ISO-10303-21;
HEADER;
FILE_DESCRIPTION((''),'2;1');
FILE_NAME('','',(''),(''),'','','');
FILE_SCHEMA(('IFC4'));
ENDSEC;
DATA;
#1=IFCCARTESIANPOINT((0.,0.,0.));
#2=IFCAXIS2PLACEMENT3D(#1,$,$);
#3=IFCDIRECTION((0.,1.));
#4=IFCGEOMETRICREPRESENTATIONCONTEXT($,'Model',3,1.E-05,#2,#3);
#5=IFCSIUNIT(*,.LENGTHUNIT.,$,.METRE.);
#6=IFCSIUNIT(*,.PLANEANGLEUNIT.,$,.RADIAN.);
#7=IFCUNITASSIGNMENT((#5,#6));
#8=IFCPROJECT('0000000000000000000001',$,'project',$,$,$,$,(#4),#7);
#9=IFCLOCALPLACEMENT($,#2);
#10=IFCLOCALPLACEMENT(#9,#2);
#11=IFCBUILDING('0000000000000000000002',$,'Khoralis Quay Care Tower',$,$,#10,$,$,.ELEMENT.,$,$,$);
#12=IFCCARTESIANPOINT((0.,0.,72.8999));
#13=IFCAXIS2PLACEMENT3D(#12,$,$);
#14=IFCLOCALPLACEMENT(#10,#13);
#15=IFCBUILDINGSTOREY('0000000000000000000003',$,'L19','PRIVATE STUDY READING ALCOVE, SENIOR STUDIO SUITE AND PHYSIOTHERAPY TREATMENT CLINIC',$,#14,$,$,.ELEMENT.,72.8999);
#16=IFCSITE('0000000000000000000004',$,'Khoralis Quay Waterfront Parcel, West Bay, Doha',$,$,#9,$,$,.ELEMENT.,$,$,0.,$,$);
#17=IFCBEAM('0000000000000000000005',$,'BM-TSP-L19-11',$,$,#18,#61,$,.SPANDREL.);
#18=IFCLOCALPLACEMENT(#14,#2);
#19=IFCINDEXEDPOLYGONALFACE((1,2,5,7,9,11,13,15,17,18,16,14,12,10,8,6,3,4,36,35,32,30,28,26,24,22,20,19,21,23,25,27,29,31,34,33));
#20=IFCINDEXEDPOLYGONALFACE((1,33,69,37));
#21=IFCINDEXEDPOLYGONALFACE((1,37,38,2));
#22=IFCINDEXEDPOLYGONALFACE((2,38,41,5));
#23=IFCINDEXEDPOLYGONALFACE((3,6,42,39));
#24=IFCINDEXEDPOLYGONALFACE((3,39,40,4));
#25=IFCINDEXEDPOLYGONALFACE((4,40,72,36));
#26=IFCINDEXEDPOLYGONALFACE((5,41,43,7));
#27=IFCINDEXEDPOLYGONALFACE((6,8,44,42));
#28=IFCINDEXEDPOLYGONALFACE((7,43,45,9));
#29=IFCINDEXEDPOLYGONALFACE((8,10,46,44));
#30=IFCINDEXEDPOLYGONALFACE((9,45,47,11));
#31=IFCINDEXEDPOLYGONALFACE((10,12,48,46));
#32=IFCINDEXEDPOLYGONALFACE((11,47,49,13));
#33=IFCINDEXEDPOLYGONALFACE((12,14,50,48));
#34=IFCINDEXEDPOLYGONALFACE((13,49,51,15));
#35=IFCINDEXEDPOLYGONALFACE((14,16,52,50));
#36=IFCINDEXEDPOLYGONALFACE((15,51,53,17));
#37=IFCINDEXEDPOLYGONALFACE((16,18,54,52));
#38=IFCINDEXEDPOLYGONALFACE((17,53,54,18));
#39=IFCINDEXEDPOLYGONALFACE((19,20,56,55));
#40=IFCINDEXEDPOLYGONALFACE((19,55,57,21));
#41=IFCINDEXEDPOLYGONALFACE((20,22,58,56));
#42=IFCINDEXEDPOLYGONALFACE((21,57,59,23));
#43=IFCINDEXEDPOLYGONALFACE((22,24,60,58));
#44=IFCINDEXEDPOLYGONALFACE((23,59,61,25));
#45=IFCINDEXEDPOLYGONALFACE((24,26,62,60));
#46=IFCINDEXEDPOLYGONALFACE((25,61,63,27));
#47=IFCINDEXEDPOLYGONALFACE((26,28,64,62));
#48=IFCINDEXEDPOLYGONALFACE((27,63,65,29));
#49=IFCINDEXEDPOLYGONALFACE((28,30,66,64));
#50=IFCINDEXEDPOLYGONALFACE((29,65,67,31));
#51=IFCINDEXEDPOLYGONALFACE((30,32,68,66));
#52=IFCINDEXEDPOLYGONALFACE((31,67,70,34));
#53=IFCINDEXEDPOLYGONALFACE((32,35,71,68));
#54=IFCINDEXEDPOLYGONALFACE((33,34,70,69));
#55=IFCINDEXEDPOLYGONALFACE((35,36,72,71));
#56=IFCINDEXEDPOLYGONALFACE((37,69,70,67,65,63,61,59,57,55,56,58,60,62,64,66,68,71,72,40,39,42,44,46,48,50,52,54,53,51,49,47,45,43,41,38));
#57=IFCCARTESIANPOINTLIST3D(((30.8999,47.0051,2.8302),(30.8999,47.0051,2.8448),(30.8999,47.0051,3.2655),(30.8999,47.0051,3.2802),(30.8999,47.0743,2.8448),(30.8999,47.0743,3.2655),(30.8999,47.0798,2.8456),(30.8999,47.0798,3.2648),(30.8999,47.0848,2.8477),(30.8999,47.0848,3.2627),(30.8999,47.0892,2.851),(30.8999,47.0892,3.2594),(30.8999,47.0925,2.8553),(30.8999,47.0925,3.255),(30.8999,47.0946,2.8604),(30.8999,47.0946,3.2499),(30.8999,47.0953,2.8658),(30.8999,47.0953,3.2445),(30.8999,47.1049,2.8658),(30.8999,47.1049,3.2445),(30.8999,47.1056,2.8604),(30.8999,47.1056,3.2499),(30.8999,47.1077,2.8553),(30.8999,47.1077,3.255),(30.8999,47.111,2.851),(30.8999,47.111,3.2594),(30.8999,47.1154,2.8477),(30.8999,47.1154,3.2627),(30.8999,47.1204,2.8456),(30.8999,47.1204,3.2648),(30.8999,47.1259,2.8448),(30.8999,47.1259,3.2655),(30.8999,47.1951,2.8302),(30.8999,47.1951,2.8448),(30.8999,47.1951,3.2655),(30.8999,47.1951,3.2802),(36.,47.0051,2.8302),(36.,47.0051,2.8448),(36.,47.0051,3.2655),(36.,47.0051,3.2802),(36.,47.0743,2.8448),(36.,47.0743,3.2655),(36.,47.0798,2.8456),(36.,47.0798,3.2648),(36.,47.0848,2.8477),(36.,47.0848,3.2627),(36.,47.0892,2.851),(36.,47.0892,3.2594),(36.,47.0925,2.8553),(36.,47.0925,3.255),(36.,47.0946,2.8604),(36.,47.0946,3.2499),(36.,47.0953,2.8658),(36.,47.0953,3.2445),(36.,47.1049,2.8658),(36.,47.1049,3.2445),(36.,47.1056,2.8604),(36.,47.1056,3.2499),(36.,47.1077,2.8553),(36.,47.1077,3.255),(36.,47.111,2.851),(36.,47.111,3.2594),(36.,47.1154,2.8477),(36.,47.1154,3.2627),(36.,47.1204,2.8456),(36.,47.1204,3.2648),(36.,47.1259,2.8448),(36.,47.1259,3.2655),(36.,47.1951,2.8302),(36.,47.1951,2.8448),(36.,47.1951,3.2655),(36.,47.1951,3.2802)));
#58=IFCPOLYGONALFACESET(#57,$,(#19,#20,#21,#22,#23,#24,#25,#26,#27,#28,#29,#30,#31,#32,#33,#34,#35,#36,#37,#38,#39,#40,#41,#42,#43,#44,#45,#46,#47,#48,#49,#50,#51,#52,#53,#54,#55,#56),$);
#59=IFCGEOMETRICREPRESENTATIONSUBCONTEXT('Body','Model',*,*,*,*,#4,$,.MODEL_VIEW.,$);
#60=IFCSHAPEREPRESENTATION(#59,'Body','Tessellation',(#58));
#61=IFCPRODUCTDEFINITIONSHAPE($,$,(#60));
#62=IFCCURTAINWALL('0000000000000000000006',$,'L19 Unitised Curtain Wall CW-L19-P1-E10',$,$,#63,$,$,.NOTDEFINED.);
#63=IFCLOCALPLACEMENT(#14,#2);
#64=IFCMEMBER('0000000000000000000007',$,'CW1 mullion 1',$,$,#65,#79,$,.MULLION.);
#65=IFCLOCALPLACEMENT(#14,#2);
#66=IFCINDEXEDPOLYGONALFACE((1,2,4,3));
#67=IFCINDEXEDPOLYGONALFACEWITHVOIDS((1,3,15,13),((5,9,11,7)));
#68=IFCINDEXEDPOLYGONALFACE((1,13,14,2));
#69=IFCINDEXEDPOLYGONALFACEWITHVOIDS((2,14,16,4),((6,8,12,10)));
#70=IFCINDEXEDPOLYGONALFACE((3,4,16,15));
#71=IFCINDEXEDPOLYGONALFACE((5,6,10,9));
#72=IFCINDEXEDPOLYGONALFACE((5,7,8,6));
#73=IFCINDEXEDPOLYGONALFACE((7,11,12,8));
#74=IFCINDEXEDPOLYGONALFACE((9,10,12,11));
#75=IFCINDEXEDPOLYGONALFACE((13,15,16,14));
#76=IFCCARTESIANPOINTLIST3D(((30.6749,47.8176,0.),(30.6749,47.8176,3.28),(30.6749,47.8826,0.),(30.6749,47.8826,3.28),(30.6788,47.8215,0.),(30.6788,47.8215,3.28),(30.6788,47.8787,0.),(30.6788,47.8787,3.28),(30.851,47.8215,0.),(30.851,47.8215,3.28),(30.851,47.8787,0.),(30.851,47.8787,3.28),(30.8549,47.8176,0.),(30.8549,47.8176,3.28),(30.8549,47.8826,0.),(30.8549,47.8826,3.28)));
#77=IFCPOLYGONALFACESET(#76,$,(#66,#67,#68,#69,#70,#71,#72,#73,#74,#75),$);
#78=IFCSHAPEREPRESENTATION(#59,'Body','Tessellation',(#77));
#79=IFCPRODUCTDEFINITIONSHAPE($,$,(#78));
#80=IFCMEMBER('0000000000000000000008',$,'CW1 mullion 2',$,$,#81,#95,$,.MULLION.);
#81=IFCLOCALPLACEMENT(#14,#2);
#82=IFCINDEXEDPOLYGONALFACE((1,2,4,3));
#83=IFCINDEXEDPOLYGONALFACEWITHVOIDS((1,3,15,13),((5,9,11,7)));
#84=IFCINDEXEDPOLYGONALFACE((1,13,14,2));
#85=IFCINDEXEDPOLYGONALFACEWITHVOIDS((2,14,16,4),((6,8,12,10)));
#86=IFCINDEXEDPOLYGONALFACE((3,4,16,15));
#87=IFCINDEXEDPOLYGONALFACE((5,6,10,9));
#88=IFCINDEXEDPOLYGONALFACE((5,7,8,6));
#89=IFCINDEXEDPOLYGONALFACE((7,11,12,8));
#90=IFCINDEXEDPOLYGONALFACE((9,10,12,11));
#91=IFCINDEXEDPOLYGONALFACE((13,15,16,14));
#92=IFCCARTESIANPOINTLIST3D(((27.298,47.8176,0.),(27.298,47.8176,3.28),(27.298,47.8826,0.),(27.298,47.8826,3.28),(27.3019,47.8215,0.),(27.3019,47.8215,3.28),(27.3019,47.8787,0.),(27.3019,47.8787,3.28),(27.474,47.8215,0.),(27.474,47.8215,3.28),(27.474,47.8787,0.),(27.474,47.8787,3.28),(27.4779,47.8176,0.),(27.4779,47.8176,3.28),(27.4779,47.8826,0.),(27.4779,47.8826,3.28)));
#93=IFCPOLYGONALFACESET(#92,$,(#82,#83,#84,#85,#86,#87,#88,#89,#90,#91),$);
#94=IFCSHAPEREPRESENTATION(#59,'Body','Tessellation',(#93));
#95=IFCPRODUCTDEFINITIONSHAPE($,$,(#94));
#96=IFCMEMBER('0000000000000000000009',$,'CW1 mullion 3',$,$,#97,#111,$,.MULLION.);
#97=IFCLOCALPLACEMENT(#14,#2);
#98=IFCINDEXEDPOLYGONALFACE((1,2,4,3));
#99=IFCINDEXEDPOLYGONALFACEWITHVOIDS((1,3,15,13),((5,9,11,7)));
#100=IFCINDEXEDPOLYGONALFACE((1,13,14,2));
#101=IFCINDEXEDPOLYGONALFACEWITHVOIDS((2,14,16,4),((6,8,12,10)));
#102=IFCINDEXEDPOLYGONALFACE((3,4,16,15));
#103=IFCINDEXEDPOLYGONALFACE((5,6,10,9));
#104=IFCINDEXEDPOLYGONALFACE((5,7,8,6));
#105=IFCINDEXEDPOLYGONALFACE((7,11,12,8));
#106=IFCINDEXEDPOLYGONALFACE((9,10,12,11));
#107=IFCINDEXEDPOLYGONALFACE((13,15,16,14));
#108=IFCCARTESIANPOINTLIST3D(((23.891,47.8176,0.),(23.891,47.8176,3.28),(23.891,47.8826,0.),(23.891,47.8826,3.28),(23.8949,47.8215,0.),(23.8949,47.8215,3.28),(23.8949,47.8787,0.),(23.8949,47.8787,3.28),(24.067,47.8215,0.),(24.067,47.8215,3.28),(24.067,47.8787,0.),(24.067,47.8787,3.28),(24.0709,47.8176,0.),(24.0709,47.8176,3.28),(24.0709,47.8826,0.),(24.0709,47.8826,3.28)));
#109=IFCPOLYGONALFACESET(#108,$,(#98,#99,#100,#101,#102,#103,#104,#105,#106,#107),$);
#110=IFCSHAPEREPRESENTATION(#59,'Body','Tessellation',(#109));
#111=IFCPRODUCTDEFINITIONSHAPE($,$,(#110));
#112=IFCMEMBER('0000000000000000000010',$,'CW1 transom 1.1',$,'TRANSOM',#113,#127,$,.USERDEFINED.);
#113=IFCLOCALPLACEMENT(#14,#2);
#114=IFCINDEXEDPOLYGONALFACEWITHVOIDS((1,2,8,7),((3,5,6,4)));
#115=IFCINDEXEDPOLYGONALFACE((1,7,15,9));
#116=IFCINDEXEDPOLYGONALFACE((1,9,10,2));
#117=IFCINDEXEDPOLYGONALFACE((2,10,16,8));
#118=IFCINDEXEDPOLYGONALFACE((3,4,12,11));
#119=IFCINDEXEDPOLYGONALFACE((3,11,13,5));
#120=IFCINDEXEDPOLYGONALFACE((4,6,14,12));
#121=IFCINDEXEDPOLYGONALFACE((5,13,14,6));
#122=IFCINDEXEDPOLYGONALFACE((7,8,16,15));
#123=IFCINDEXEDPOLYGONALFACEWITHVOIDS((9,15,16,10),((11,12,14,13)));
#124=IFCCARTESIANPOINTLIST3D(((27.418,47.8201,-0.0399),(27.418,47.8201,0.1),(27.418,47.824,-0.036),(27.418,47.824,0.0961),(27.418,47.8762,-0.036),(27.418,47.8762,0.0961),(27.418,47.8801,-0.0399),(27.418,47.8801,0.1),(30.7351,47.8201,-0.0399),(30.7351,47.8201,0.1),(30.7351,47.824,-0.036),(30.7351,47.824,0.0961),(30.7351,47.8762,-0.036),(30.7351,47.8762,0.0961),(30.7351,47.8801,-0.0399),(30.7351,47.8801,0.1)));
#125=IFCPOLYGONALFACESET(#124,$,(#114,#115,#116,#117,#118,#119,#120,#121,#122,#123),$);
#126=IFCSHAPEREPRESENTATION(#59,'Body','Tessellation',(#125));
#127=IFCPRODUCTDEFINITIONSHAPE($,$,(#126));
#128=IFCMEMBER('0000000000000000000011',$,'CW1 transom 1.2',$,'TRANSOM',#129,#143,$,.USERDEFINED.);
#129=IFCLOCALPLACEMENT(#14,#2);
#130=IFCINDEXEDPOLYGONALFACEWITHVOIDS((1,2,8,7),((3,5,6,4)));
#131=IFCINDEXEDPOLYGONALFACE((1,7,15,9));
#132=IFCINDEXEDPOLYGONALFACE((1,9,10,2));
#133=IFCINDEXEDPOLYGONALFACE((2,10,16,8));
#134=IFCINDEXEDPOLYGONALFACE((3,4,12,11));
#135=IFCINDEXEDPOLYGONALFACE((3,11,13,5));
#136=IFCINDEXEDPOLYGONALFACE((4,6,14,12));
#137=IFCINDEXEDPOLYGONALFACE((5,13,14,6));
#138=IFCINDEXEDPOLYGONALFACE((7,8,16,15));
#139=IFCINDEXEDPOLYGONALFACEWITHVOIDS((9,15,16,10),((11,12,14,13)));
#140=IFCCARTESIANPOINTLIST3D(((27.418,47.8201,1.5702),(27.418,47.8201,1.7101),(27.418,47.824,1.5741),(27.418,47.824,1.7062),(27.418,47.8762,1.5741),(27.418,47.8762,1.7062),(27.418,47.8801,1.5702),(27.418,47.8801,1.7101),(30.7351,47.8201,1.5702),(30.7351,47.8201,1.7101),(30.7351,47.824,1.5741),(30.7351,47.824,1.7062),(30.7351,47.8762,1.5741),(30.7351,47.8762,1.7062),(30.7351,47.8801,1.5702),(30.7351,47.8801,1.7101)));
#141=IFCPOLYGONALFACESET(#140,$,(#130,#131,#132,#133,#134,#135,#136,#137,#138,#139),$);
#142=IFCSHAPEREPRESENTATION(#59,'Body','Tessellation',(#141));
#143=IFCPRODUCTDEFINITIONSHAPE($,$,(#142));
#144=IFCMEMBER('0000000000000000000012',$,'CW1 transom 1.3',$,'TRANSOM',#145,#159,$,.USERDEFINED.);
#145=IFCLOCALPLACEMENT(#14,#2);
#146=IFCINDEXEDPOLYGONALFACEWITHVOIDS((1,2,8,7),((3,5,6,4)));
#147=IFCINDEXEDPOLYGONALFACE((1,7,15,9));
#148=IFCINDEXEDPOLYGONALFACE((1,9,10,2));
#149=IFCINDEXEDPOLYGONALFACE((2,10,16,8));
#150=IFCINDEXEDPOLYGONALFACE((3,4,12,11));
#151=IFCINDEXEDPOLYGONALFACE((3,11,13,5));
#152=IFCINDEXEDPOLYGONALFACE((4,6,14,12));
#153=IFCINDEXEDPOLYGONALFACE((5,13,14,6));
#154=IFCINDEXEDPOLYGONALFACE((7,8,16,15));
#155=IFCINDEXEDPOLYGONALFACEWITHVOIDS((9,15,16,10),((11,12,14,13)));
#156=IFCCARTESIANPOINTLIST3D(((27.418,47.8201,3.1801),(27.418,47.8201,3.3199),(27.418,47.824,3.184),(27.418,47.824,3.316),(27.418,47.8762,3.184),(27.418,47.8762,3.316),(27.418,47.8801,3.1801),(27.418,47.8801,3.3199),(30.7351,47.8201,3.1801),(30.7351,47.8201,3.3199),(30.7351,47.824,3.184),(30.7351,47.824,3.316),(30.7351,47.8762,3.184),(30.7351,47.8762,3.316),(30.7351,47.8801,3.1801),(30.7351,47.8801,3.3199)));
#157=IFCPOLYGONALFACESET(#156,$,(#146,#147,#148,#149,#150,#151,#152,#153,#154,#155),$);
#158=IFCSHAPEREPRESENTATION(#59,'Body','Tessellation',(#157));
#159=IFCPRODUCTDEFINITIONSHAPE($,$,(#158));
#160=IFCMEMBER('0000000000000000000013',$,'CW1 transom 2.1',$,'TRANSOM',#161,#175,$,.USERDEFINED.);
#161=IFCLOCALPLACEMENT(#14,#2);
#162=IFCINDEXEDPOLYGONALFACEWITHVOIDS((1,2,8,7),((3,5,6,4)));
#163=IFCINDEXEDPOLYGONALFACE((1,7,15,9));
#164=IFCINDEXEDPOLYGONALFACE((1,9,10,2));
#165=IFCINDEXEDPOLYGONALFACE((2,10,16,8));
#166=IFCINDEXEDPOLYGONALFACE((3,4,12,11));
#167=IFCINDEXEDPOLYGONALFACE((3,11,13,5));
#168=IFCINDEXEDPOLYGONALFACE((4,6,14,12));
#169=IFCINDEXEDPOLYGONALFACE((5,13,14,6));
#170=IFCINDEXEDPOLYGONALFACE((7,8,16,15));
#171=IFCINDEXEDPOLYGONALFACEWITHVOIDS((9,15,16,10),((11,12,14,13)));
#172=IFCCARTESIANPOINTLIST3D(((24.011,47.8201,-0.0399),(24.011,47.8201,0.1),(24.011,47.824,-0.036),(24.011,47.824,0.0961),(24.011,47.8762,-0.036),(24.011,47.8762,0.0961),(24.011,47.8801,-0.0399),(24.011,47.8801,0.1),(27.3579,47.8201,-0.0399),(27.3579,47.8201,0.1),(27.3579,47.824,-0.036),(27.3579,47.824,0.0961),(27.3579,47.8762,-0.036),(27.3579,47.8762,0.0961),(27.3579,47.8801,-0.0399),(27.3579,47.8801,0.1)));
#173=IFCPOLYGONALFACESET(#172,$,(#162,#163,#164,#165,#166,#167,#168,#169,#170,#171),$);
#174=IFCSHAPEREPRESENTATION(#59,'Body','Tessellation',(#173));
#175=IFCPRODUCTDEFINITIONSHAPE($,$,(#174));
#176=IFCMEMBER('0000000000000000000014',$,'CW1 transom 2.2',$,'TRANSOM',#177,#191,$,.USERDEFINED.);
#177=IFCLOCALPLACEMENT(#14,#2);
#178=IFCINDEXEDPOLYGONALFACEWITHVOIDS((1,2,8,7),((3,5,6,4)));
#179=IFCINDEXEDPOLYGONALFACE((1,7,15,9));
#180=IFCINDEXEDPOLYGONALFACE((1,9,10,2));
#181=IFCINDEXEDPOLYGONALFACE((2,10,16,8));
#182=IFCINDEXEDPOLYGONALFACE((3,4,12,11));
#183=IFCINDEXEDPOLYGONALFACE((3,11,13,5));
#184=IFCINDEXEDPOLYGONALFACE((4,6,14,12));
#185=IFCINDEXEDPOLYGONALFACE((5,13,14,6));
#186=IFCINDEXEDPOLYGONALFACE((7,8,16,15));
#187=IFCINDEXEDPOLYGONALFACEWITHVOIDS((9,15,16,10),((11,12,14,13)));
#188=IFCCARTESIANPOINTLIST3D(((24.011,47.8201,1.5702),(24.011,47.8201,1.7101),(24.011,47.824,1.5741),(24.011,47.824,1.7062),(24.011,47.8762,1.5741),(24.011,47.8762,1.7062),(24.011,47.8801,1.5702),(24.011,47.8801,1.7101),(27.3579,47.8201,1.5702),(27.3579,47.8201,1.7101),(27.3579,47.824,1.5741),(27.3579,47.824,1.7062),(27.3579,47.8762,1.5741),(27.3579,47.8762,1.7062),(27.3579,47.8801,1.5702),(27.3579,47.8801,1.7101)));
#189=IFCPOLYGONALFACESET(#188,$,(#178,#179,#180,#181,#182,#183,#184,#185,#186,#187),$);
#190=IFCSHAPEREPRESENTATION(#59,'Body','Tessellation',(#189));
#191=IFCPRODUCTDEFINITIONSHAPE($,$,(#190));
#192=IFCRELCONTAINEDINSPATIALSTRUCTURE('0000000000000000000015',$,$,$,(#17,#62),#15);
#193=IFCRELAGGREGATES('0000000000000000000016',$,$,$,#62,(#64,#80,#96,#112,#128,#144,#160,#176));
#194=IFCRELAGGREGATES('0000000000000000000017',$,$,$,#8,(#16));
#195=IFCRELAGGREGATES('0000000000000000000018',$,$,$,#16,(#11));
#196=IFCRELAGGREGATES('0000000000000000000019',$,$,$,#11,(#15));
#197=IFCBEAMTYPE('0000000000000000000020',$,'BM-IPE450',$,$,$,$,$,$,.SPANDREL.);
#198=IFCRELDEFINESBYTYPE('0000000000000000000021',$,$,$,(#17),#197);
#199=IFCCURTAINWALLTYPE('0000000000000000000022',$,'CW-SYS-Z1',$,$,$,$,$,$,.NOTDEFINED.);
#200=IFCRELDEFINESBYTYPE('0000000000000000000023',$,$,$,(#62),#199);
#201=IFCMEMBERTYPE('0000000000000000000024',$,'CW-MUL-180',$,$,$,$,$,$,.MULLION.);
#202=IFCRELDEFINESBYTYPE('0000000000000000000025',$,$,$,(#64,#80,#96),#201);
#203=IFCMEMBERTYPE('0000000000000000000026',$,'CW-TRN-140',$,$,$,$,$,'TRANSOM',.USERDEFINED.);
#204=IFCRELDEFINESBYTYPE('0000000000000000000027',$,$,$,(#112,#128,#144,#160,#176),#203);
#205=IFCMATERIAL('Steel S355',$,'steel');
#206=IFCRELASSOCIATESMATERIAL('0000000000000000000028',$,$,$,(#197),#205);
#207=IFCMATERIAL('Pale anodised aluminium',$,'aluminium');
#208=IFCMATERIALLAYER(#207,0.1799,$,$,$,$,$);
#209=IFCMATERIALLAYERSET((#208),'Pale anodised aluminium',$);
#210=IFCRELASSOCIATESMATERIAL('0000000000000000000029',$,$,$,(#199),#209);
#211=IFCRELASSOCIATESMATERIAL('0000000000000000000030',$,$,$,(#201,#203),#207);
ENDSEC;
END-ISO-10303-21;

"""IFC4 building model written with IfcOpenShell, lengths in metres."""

from ifc_helpers import new_model, si_unit, direction, frame, origin, origin_2d, place, context, subcontext, project, spatial, hollow_rectangle, i_section, extrude, source, transform, mapped, material, layer, layer_set, material_profile, profile_set, type_object, element, aggregate, save


model = new_model("IFC4")

# Units and contexts
model_context = context("Model", 3, precision=1e-05, world=origin(), true_north=direction((0.0, 1.0)))
body_context = subcontext(model_context, "Body", "Model", "MODEL_VIEW")
ifc_project = project(units=[si_unit("LENGTHUNIT", "METRE"), si_unit("PLANEANGLEUNIT", "RADIAN")], contexts=[model_context])

# Site, building, storey
site_placement = place(None, origin())
site = spatial("IfcSite", under=ifc_project, at=site_placement, Name="Khoralis Quay Waterfront Parcel, West Bay, Doha", CompositionType="ELEMENT", RefElevation=0.0)
building_placement = place(site_placement, origin())
building = spatial("IfcBuilding", under=site, at=building_placement, Name="Khoralis Quay Care Tower", CompositionType="ELEMENT")
storey_placement = place(building_placement, frame((0.0, 0.0, 72.8999)))
storey = spatial("IfcBuildingStorey", under=building, at=storey_placement, Name="L19", Description="PRIVATE STUDY READING ALCOVE, SENIOR STUDIO SUITE AND PHYSIOTHERAPY TREATMENT CLINIC", CompositionType="ELEMENT", Elevation=72.8999)

# Beam
ifc_material_1 = material(Name="Steel S355", Category="steel")
ifc_material_profile_1 = material_profile(ifc_material_1, i_section(OverallWidth=0.1899, OverallDepth=0.45, WebThickness=0.0095, FlangeThickness=0.0146, FilletRadius=0.021, at=origin_2d()), Name="Steel S355")
ifc_profile_set_1 = profile_set([ifc_material_profile_1], Name="Steel S355")
beam_type = type_object("IfcBeamType", Name="BM-IPE450", PredefinedType="SPANDREL", material=ifc_profile_set_1)
shared_shape_1 = source(origin(), body_context, "Body", "SweptSolid", [
    extrude(i_section(OverallWidth=0.1899, OverallDepth=0.45, WebThickness=0.0095, FlangeThickness=0.0146, FilletRadius=0.021, at=origin_2d()), origin(), (0.0, 0.0, 1.0), 5.1001),
])
beam_placement = place(storey_placement, frame((30.8999, 47.1001, 3.0552), z_axis=(1.0, 0.0, 0.0), x_axis=(0.0, 1.0, 0.0)))
element("IfcBeam", 1, at=beam_placement, inside=storey, type_object=beam_type, Name="BM-TSP-L19-11", PredefinedType="SPANDREL", context=body_context, shape_type="MappedRepresentation", body=[
    mapped(shared_shape_1, transform((0.0, 0.0, 0.0), scale=1.0)),
])

# Curtain wall, members
ifc_material_2 = material(Name="Pale anodised aluminium", Category="aluminium")
ifc_layer_1 = layer(ifc_material_2, 0.1799)
ifc_layer_set_1 = layer_set([ifc_layer_1], Name="Pale anodised aluminium")
curtain_wall_type = type_object("IfcCurtainWallType", Name="CW-SYS-Z1", PredefinedType="NOTDEFINED", material=ifc_layer_set_1)
curtain_wall_placement = place(storey_placement, origin())
curtain_wall = element("IfcCurtainWall", 2, at=curtain_wall_placement, inside=storey, type_object=curtain_wall_type, Name="L19 Unitised Curtain Wall CW-L19-P1-E10", PredefinedType="NOTDEFINED")
ifc_material_profile_2 = material_profile(ifc_material_2, hollow_rectangle(XDim=0.0649, YDim=0.1799, WallThickness=0.0039, at=origin_2d()), Name="Pale anodised aluminium")
ifc_profile_set_2 = profile_set([ifc_material_profile_2], Name="Pale anodised aluminium")
member_type_1 = type_object("IfcMemberType", Name="CW-MUL-180", PredefinedType="MULLION", material=ifc_profile_set_2)
shared_shape_2 = source(origin(), body_context, "Body", "SweptSolid", [
    extrude(hollow_rectangle(XDim=0.0649, YDim=0.1799, WallThickness=0.0039, at=origin_2d()), origin(), (0.0, 0.0, 1.0), 3.28),
])
member_1_placement = place(storey_placement, frame((30.7649, 47.8501, 0.0), z_axis=(0.0, 0.0, 1.0), x_axis=(0.0, -1.0, 0.0)))
member_1 = element("IfcMember", 3, at=member_1_placement, type_object=member_type_1, Name="CW1 mullion 1", PredefinedType="MULLION", context=body_context, shape_type="MappedRepresentation", body=[
    mapped(shared_shape_2, transform((0.0, 0.0, 0.0), scale=1.0)),
])
member_2_placement = place(storey_placement, frame((27.3879, 47.8501, 0.0), z_axis=(0.0, 0.0, 1.0), x_axis=(0.0, -1.0, 0.0)))
member_2 = element("IfcMember", 4, at=member_2_placement, type_object=member_type_1, Name="CW1 mullion 2", PredefinedType="MULLION", context=body_context, shape_type="MappedRepresentation", body=[
    mapped(shared_shape_2, transform((0.0, 0.0, 0.0), scale=1.0)),
])
member_3_placement = place(storey_placement, frame((23.981, 47.8501, 0.0), z_axis=(0.0, 0.0, 1.0), x_axis=(0.0, -1.0, 0.0)))
member_3 = element("IfcMember", 5, at=member_3_placement, type_object=member_type_1, Name="CW1 mullion 3", PredefinedType="MULLION", context=body_context, shape_type="MappedRepresentation", body=[
    mapped(shared_shape_2, transform((0.0, 0.0, 0.0), scale=1.0)),
])
ifc_material_profile_3 = material_profile(ifc_material_2, hollow_rectangle(XDim=0.0601, YDim=0.1399, WallThickness=0.0039, at=origin_2d()), Name="Pale anodised aluminium")
ifc_profile_set_3 = profile_set([ifc_material_profile_3], Name="Pale anodised aluminium")
member_type_2 = type_object("IfcMemberType", Name="CW-TRN-140", ElementType="TRANSOM", PredefinedType="USERDEFINED", material=ifc_profile_set_3)
shared_shape_3 = source(origin(), body_context, "Body", "SweptSolid", [
    extrude(hollow_rectangle(XDim=0.0601, YDim=0.1399, WallThickness=0.0039, at=origin_2d()), origin(), (0.0, 0.0, 1.0), 3.3171),
])
member_4_placement = place(storey_placement, frame((30.7351, 47.8501, 0.03), z_axis=(-1.0, 0.0, 0.0), x_axis=(0.0, -1.0, 0.0)))
member_4 = element("IfcMember", 6, at=member_4_placement, type_object=member_type_2, Name="CW1 transom 1.1", ObjectType="TRANSOM", PredefinedType="USERDEFINED", context=body_context, shape_type="MappedRepresentation", body=[
    mapped(shared_shape_3, transform((0.0, 0.0, 0.0), scale=1.0)),
])
member_5_placement = place(storey_placement, frame((30.7351, 47.8501, 1.6401), z_axis=(-1.0, 0.0, 0.0), x_axis=(0.0, -1.0, 0.0)))
member_5 = element("IfcMember", 7, at=member_5_placement, type_object=member_type_2, Name="CW1 transom 1.2", ObjectType="TRANSOM", PredefinedType="USERDEFINED", context=body_context, shape_type="MappedRepresentation", body=[
    mapped(shared_shape_3, transform((0.0, 0.0, 0.0), scale=1.0)),
])
member_6_placement = place(storey_placement, frame((30.7351, 47.8501, 3.25), z_axis=(-1.0, 0.0, 0.0), x_axis=(0.0, -1.0, 0.0)))
member_6 = element("IfcMember", 8, at=member_6_placement, type_object=member_type_2, Name="CW1 transom 1.3", ObjectType="TRANSOM", PredefinedType="USERDEFINED", context=body_context, shape_type="MappedRepresentation", body=[
    mapped(shared_shape_3, transform((0.0, 0.0, 0.0), scale=1.0)),
])
shared_shape_4 = source(origin(), body_context, "Body", "SweptSolid", [
    extrude(hollow_rectangle(XDim=0.0601, YDim=0.1399, WallThickness=0.0039, at=origin_2d()), origin(), (0.0, 0.0, 1.0), 3.3469),
])
member_7_placement = place(storey_placement, frame((27.3579, 47.8501, 0.03), z_axis=(-1.0, 0.0, 0.0), x_axis=(0.0, -1.0, 0.0)))
member_7 = element("IfcMember", 9, at=member_7_placement, type_object=member_type_2, Name="CW1 transom 2.1", ObjectType="TRANSOM", PredefinedType="USERDEFINED", context=body_context, shape_type="MappedRepresentation", body=[
    mapped(shared_shape_4, transform((0.0, 0.0, 0.0), scale=1.0)),
])
member_8_placement = place(storey_placement, frame((27.3579, 47.8501, 1.6401), z_axis=(-1.0, 0.0, 0.0), x_axis=(0.0, -1.0, 0.0)))
member_8 = element("IfcMember", 10, at=member_8_placement, type_object=member_type_2, Name="CW1 transom 2.2", ObjectType="TRANSOM", PredefinedType="USERDEFINED", context=body_context, shape_type="MappedRepresentation", body=[
    mapped(shared_shape_4, transform((0.0, 0.0, 0.0), scale=1.0)),
])
aggregate(curtain_wall, [member_1, member_2, member_3, member_4, member_5, member_6, member_7, member_8])

save(model, "model.ifc")
